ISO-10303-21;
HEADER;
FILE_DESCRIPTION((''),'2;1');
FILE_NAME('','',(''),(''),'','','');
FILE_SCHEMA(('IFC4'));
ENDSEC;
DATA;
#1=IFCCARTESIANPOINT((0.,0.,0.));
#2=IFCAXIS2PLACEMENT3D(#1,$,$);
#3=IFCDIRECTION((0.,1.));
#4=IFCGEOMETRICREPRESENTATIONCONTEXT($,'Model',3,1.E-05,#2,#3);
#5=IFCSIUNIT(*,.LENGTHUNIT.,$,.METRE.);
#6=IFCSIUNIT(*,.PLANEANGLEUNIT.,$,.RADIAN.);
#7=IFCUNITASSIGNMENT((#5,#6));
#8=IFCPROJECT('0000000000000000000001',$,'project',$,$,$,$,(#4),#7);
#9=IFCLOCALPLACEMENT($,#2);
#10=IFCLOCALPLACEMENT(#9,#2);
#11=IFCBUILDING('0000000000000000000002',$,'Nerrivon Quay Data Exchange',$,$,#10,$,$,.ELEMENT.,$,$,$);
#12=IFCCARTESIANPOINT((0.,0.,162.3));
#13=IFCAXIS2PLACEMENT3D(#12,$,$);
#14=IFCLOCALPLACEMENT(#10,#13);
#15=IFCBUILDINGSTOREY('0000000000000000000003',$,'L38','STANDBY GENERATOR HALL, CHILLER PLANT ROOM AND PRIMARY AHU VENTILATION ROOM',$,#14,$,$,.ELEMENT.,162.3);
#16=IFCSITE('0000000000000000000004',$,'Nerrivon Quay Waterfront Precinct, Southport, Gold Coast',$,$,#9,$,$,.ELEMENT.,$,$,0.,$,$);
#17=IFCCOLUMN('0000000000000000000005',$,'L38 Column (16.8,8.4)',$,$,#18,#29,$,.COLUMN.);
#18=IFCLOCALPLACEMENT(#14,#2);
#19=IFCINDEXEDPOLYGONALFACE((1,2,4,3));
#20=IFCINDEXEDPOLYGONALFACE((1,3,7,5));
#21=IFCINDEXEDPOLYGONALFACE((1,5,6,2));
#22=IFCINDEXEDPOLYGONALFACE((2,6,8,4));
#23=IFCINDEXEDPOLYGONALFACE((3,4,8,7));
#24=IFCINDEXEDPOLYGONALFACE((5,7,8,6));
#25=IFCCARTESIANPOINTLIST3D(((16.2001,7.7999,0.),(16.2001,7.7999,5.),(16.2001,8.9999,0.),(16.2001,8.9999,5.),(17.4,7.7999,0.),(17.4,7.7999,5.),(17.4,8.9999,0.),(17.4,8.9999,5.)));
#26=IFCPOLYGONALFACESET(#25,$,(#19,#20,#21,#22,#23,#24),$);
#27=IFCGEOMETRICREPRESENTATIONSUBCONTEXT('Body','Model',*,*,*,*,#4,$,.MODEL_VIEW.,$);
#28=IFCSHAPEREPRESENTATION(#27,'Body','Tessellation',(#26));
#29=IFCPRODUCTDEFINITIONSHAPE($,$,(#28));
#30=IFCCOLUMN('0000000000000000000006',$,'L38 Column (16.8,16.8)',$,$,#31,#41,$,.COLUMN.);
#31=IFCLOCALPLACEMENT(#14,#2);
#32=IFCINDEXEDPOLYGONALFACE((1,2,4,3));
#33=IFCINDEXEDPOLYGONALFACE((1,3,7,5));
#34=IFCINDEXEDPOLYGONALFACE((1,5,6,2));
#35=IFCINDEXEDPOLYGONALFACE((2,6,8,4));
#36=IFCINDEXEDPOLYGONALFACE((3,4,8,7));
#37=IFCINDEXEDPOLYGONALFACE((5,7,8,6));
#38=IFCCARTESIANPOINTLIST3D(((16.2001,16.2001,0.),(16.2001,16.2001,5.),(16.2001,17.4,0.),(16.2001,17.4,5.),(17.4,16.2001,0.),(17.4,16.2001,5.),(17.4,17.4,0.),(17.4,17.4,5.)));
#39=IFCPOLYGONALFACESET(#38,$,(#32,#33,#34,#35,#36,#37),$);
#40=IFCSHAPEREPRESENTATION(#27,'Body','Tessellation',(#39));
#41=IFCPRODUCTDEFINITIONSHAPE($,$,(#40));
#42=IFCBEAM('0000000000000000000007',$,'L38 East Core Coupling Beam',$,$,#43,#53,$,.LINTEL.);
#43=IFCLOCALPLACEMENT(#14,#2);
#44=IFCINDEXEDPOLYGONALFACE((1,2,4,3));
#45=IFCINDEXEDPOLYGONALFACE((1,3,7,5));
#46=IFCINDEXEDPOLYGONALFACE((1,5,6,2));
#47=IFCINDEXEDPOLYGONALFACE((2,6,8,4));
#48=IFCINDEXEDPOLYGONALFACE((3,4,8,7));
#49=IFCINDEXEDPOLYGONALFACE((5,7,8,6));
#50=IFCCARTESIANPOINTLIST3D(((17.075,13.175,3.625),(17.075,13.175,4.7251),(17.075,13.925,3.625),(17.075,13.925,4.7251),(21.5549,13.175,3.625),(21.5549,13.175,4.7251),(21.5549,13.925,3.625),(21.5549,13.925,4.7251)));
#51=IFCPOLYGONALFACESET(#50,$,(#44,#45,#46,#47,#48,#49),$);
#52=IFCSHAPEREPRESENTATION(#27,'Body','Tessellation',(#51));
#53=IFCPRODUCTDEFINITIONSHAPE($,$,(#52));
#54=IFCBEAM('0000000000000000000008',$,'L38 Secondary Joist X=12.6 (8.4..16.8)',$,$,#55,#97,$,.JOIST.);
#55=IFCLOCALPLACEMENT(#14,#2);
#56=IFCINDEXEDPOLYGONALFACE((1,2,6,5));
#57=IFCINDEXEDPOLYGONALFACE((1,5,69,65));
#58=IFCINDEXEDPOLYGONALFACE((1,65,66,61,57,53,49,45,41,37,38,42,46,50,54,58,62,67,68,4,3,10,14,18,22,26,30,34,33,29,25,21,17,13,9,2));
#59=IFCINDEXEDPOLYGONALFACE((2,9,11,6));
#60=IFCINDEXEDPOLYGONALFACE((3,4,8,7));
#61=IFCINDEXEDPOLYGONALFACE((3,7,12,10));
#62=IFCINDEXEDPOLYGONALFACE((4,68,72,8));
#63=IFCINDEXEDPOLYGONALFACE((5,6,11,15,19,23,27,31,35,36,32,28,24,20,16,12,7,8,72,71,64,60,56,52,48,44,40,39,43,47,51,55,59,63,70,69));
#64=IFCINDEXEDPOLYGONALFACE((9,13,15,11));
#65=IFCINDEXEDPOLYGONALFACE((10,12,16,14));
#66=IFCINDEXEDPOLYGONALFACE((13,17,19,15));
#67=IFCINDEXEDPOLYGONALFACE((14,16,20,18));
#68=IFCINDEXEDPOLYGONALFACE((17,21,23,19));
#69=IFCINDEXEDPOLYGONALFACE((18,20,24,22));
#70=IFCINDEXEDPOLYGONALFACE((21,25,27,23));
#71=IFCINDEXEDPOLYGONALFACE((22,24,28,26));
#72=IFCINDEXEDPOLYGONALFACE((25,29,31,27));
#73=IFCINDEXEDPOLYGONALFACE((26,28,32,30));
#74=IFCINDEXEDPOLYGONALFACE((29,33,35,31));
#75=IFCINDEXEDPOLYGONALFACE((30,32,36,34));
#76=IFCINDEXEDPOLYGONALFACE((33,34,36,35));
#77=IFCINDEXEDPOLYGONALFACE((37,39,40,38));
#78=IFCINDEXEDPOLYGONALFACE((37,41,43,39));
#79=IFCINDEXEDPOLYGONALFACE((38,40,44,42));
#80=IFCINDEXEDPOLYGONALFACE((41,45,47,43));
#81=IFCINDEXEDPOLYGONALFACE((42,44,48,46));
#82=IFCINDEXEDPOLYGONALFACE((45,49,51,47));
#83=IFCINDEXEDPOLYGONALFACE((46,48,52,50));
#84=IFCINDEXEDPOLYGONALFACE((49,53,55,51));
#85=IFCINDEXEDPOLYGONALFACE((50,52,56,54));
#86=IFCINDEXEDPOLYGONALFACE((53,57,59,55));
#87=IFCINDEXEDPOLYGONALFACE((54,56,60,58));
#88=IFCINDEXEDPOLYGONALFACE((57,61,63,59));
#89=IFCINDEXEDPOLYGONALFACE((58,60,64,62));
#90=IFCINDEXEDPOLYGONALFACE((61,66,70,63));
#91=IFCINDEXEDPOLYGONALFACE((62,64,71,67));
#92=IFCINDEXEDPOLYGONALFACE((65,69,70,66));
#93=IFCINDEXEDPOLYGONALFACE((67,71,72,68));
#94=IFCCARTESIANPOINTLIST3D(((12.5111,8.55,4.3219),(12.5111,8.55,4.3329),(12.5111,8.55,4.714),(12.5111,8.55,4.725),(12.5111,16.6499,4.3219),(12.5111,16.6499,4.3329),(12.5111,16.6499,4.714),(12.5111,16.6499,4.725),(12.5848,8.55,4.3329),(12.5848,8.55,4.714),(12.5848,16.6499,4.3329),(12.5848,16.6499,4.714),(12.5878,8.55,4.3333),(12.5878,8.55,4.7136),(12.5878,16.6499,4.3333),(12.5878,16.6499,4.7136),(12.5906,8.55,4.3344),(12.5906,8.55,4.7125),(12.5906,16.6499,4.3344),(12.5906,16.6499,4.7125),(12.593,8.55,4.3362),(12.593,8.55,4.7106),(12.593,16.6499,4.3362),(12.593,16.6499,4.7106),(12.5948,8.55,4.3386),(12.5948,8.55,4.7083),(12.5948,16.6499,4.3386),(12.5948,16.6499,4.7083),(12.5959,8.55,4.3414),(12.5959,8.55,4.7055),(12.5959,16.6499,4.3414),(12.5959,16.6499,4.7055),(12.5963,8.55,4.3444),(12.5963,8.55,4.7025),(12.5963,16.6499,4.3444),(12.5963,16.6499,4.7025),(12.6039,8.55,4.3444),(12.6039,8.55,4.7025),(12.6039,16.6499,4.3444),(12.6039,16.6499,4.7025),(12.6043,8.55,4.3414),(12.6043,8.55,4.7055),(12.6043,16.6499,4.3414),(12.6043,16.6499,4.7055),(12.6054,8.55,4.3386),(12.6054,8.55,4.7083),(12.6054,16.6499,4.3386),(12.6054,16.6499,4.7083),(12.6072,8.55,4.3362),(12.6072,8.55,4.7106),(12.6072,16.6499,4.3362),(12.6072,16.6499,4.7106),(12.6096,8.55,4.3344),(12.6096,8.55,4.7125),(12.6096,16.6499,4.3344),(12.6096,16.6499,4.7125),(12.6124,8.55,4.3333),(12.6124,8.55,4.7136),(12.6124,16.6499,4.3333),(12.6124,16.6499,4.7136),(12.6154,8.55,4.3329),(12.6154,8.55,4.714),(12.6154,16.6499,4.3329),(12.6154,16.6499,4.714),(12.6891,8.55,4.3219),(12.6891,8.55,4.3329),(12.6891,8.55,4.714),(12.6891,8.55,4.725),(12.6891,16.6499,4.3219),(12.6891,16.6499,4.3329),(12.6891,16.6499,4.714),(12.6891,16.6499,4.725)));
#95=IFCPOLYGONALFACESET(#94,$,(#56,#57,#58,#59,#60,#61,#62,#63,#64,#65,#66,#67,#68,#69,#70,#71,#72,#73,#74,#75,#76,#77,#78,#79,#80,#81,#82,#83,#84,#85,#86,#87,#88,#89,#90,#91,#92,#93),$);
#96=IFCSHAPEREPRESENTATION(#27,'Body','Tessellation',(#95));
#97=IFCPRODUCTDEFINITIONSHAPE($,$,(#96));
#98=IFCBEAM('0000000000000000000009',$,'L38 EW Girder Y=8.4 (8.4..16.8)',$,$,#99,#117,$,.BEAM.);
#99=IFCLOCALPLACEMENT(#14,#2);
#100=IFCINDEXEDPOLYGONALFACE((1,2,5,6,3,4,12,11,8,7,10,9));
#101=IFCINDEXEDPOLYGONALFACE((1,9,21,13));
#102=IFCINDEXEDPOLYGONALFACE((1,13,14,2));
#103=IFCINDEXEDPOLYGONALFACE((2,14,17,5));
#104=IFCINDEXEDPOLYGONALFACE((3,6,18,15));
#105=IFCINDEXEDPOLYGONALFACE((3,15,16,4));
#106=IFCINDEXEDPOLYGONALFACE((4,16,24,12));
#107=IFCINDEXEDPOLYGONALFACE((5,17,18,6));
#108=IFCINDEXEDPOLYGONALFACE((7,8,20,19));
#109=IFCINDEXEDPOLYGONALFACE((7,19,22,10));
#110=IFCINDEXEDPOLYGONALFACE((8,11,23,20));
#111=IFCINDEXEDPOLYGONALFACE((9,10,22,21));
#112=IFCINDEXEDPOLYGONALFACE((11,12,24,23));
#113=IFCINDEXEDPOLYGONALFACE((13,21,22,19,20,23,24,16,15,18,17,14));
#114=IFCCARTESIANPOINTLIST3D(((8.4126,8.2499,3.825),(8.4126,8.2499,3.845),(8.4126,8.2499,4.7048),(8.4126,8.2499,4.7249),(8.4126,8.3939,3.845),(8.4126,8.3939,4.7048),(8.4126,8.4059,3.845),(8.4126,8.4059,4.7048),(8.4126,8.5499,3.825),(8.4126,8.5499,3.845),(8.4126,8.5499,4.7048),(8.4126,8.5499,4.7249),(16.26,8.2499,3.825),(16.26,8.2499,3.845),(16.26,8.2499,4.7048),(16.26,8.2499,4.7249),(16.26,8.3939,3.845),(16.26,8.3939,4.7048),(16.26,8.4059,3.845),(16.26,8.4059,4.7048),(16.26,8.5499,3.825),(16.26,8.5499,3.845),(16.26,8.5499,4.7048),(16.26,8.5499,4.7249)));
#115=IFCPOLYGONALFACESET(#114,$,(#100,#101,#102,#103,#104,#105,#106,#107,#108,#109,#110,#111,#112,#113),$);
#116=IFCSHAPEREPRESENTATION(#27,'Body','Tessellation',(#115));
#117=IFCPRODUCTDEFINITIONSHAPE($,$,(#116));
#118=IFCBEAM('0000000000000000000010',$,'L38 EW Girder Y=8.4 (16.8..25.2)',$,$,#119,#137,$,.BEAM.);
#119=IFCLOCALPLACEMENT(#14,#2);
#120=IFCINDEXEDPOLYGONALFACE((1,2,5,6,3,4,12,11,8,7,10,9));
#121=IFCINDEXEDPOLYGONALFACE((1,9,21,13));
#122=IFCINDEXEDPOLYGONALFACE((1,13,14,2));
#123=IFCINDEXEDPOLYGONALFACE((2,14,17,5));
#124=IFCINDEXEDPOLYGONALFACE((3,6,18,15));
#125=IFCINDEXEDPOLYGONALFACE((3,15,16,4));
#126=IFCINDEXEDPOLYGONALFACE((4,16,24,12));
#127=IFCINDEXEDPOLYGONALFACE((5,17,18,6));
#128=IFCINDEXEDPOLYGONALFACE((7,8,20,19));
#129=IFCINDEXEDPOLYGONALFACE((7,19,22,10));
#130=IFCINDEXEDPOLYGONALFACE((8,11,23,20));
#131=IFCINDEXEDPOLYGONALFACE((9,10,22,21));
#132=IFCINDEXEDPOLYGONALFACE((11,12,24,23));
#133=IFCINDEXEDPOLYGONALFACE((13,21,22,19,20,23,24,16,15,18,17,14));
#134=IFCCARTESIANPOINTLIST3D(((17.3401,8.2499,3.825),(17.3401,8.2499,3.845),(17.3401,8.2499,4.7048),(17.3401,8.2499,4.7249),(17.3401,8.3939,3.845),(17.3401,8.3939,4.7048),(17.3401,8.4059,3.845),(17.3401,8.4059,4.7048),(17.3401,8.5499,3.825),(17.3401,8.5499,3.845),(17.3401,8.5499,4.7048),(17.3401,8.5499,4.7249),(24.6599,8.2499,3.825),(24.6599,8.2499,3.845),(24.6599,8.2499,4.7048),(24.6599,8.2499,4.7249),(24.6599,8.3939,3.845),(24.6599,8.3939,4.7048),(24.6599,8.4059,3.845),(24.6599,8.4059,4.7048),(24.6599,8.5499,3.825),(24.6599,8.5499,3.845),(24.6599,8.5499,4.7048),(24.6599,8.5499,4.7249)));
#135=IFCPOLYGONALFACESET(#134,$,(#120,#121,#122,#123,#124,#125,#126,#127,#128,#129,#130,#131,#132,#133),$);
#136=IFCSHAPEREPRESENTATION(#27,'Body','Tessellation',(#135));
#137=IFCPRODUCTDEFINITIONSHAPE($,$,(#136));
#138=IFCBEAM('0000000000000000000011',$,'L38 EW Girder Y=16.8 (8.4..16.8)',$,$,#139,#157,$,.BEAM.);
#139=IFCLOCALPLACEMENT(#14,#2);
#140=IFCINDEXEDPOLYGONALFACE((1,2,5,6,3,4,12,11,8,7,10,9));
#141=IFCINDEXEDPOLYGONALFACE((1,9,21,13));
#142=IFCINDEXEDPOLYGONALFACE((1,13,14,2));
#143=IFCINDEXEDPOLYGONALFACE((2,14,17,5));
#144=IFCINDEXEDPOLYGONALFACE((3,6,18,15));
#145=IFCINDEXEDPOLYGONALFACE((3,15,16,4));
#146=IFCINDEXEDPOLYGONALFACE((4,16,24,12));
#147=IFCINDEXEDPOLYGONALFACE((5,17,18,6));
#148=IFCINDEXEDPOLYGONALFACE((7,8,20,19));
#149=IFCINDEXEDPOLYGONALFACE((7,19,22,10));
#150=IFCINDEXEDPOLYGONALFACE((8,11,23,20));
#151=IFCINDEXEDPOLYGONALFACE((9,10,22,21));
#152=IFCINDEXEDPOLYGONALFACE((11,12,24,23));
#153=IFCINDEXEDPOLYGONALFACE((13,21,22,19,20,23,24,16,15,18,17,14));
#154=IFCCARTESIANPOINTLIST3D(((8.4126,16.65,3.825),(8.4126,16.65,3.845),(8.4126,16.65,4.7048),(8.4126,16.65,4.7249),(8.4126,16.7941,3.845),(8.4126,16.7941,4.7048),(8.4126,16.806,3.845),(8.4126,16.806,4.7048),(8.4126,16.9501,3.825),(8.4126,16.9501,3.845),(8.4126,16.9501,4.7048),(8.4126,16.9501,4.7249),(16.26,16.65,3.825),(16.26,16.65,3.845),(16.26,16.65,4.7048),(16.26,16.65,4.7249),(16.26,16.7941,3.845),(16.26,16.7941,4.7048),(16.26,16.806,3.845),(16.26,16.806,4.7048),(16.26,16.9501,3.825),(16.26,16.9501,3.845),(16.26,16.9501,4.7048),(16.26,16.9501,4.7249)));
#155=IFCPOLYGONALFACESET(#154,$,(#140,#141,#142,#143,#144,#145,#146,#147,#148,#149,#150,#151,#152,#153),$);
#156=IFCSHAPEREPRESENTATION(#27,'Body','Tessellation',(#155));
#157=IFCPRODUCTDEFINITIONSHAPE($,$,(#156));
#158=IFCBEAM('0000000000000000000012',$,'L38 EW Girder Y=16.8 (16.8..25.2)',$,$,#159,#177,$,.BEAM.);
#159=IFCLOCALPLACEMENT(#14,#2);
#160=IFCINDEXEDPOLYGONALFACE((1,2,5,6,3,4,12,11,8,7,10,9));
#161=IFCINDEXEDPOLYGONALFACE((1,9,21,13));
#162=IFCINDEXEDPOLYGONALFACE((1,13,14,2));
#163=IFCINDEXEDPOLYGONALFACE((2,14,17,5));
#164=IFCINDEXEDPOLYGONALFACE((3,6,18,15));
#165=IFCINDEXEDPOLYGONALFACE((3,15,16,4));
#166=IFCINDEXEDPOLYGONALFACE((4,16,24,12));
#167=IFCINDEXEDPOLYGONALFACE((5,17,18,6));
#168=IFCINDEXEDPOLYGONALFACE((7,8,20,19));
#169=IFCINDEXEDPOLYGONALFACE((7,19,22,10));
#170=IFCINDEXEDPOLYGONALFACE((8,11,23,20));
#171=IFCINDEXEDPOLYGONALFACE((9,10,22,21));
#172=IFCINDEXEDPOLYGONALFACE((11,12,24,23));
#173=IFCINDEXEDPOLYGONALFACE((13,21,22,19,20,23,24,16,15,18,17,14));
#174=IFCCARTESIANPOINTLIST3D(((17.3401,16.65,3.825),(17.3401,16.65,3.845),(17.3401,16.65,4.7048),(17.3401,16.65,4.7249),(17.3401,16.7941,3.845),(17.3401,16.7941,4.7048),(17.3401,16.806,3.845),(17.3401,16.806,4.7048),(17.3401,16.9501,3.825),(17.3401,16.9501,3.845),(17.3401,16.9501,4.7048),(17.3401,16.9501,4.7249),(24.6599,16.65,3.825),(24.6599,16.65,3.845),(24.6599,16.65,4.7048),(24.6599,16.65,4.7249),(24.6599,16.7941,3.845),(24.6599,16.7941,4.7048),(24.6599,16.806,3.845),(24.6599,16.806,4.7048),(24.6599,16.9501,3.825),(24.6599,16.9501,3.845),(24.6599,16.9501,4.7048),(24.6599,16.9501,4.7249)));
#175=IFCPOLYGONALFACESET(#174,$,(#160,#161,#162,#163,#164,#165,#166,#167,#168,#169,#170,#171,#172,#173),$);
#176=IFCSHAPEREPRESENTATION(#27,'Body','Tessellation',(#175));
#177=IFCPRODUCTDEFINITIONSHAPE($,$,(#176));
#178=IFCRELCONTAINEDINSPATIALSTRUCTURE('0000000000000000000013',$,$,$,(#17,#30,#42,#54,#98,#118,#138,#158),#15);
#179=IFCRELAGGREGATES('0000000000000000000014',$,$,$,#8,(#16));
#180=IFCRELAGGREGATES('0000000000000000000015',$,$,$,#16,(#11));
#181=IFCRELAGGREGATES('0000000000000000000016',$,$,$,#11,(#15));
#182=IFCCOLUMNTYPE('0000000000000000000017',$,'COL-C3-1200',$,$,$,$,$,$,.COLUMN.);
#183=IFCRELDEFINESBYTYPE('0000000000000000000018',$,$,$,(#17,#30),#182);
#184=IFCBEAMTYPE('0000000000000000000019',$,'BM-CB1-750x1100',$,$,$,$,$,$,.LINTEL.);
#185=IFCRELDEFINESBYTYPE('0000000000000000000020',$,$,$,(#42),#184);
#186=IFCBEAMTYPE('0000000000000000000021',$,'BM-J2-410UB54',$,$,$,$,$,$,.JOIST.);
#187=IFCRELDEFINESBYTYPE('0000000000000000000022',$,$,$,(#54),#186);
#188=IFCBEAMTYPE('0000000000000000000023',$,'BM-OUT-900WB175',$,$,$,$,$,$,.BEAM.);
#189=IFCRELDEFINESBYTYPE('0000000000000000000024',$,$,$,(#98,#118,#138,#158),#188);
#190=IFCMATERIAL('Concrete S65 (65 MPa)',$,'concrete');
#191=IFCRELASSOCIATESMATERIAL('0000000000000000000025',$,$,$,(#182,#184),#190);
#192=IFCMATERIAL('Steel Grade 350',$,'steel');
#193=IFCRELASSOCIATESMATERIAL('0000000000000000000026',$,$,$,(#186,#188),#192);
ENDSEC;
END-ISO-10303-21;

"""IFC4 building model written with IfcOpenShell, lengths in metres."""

from ifc_helpers import new_model, si_unit, direction, frame, origin, origin_2d, place, context, subcontext, project, spatial, rectangle, i_section, extrude, material, material_profile, profile_set, type_object, element, save


model = new_model("IFC4")

# Units and contexts
model_context = context("Model", 3, precision=1e-05, world=origin(), true_north=direction((0.0, 1.0)))
body_context = subcontext(model_context, "Body", "Model", "MODEL_VIEW")
ifc_project = project(units=[si_unit("LENGTHUNIT", "METRE"), si_unit("PLANEANGLEUNIT", "RADIAN")], contexts=[model_context])

# Site, building, storey
site_placement = place(None, origin())
site = spatial("IfcSite", under=ifc_project, at=site_placement, Name="Nerrivon Quay Waterfront Precinct, Southport, Gold Coast", CompositionType="ELEMENT", RefElevation=0.0)
building_placement = place(site_placement, origin())
building = spatial("IfcBuilding", under=site, at=building_placement, Name="Nerrivon Quay Data Exchange", CompositionType="ELEMENT")
storey_placement = place(building_placement, frame((0.0, 0.0, 162.3)))
storey = spatial("IfcBuildingStorey", under=building, at=storey_placement, Name="L38", Description="STANDBY GENERATOR HALL, CHILLER PLANT ROOM AND PRIMARY AHU VENTILATION ROOM", CompositionType="ELEMENT", Elevation=162.3)

# Columns
ifc_material_1 = material(Name="Concrete S65 (65 MPa)", Category="concrete")
ifc_material_profile_1 = material_profile(ifc_material_1, rectangle(XDim=1.2, YDim=1.2, at=origin_2d()), Name="RC-COL-1200x1200")
ifc_profile_set_1 = profile_set([ifc_material_profile_1], Name="Concrete S65 (65 MPa)")
column_type = type_object("IfcColumnType", Name="COL-C3-1200", PredefinedType="COLUMN", material=ifc_profile_set_1)
for number, where, z_axis, x_axis, name in (
    (1, (16.8, 8.3999, 0.0), (0.0, 0.0, 1.0), (1.0, 0.0, 0.0), "L38 Column (16.8,8.4)"),
    (2, (16.8, 16.8, 0.0), (0.0, 0.0, 1.0), (1.0, 0.0, 0.0), "L38 Column (16.8,16.8)"),
):
    element("IfcColumn", number, at=place(storey_placement, frame(where, z_axis=z_axis, x_axis=x_axis)), inside=storey, type_object=column_type, Name=name, PredefinedType="COLUMN", context=body_context, shape_type="SweptSolid", body=[
        extrude(rectangle(XDim=1.2, YDim=1.2, at=origin_2d()), origin(), (0.0, 0.0, 1.0), 5.0),
    ])

# Beams
ifc_material_profile_2 = material_profile(ifc_material_1, rectangle(XDim=0.75, YDim=1.1001, at=origin_2d()), Name="RC-CB-750x1100")
ifc_profile_set_2 = profile_set([ifc_material_profile_2], Name="Concrete S65 (65 MPa)")
beam_type_1 = type_object("IfcBeamType", Name="BM-CB1-750x1100", PredefinedType="LINTEL", material=ifc_profile_set_2)
beam_1_placement = place(storey_placement, frame((17.075, 13.55, 4.175), z_axis=(1.0, 0.0, 0.0), x_axis=(0.0, 1.0, 0.0)))
element("IfcBeam", 3, at=beam_1_placement, inside=storey, type_object=beam_type_1, Name="L38 East Core Coupling Beam", PredefinedType="LINTEL", context=body_context, shape_type="SweptSolid", body=[
    extrude(rectangle(XDim=0.75, YDim=1.1001, at=origin_2d()), origin(), (0.0, 0.0, 1.0), 4.48),
])
ifc_material_2 = material(Name="Steel Grade 350", Category="steel")
ifc_material_profile_3 = material_profile(ifc_material_2, i_section(OverallWidth=0.178, OverallDepth=0.4031, WebThickness=0.0076, FlangeThickness=0.011, FilletRadius=0.0115, at=origin_2d()), Name="410UB53.7")
ifc_profile_set_3 = profile_set([ifc_material_profile_3], Name="Steel Grade 350")
beam_type_2 = type_object("IfcBeamType", Name="BM-J2-410UB54", PredefinedType="JOIST", material=ifc_profile_set_3)
beam_2_placement = place(storey_placement, frame((12.6001, 8.55, 4.5234), z_axis=(0.0, 1.0, 0.0), x_axis=(-1.0, 0.0, 0.0)))
element("IfcBeam", 4, at=beam_2_placement, inside=storey, type_object=beam_type_2, Name="L38 Secondary Joist X=12.6 (8.4..16.8)", PredefinedType="JOIST", context=body_context, shape_type="SweptSolid", body=[
    extrude(i_section(OverallWidth=0.178, OverallDepth=0.4031, WebThickness=0.0076, FlangeThickness=0.011, FilletRadius=0.0115, at=origin_2d()), origin(), (0.0, 0.0, 1.0), 8.0999),
])
ifc_material_profile_4 = material_profile(ifc_material_2, i_section(OverallWidth=0.3, OverallDepth=0.8999, WebThickness=0.012, FlangeThickness=0.02, at=origin_2d()), Name="900WB175")
ifc_profile_set_4 = profile_set([ifc_material_profile_4], Name="Steel Grade 350")
beam_type_3 = type_object("IfcBeamType", Name="BM-OUT-900WB175", PredefinedType="BEAM", material=ifc_profile_set_4)
beam_3_placement = place(storey_placement, frame((8.4126, 8.3999, 4.2749), z_axis=(1.0, 0.0, 0.0), x_axis=(0.0, 1.0, 0.0)))
element("IfcBeam", 5, at=beam_3_placement, inside=storey, type_object=beam_type_3, Name="L38 EW Girder Y=8.4 (8.4..16.8)", PredefinedType="BEAM", context=body_context, shape_type="SweptSolid", body=[
    extrude(i_section(OverallWidth=0.3, OverallDepth=0.8999, WebThickness=0.012, FlangeThickness=0.02, at=origin_2d()), origin(), (0.0, 0.0, 1.0), 7.8474),
])
beam_4_placement = place(storey_placement, frame((17.3401, 8.3999, 4.2749), z_axis=(1.0, 0.0, 0.0), x_axis=(0.0, 1.0, 0.0)))
element("IfcBeam", 6, at=beam_4_placement, inside=storey, type_object=beam_type_3, Name="L38 EW Girder Y=8.4 (16.8..25.2)", PredefinedType="BEAM", context=body_context, shape_type="SweptSolid", body=[
    extrude(i_section(OverallWidth=0.3, OverallDepth=0.8999, WebThickness=0.012, FlangeThickness=0.02, at=origin_2d()), origin(), (0.0, 0.0, 1.0), 7.3198),
])
beam_5_placement = place(storey_placement, frame((8.4126, 16.8, 4.2749), z_axis=(1.0, 0.0, 0.0), x_axis=(0.0, 1.0, 0.0)))
element("IfcBeam", 7, at=beam_5_placement, inside=storey, type_object=beam_type_3, Name="L38 EW Girder Y=16.8 (8.4..16.8)", PredefinedType="BEAM", context=body_context, shape_type="SweptSolid", body=[
    extrude(i_section(OverallWidth=0.3, OverallDepth=0.8999, WebThickness=0.012, FlangeThickness=0.02, at=origin_2d()), origin(), (0.0, 0.0, 1.0), 7.8474),
])
beam_6_placement = place(storey_placement, frame((17.3401, 16.8, 4.2749), z_axis=(1.0, 0.0, 0.0), x_axis=(0.0, 1.0, 0.0)))
element("IfcBeam", 8, at=beam_6_placement, inside=storey, type_object=beam_type_3, Name="L38 EW Girder Y=16.8 (16.8..25.2)", PredefinedType="BEAM", context=body_context, shape_type="SweptSolid", body=[
    extrude(i_section(OverallWidth=0.3, OverallDepth=0.8999, WebThickness=0.012, FlangeThickness=0.02, at=origin_2d()), origin(), (0.0, 0.0, 1.0), 7.3198),
])

save(model, "model.ifc")
